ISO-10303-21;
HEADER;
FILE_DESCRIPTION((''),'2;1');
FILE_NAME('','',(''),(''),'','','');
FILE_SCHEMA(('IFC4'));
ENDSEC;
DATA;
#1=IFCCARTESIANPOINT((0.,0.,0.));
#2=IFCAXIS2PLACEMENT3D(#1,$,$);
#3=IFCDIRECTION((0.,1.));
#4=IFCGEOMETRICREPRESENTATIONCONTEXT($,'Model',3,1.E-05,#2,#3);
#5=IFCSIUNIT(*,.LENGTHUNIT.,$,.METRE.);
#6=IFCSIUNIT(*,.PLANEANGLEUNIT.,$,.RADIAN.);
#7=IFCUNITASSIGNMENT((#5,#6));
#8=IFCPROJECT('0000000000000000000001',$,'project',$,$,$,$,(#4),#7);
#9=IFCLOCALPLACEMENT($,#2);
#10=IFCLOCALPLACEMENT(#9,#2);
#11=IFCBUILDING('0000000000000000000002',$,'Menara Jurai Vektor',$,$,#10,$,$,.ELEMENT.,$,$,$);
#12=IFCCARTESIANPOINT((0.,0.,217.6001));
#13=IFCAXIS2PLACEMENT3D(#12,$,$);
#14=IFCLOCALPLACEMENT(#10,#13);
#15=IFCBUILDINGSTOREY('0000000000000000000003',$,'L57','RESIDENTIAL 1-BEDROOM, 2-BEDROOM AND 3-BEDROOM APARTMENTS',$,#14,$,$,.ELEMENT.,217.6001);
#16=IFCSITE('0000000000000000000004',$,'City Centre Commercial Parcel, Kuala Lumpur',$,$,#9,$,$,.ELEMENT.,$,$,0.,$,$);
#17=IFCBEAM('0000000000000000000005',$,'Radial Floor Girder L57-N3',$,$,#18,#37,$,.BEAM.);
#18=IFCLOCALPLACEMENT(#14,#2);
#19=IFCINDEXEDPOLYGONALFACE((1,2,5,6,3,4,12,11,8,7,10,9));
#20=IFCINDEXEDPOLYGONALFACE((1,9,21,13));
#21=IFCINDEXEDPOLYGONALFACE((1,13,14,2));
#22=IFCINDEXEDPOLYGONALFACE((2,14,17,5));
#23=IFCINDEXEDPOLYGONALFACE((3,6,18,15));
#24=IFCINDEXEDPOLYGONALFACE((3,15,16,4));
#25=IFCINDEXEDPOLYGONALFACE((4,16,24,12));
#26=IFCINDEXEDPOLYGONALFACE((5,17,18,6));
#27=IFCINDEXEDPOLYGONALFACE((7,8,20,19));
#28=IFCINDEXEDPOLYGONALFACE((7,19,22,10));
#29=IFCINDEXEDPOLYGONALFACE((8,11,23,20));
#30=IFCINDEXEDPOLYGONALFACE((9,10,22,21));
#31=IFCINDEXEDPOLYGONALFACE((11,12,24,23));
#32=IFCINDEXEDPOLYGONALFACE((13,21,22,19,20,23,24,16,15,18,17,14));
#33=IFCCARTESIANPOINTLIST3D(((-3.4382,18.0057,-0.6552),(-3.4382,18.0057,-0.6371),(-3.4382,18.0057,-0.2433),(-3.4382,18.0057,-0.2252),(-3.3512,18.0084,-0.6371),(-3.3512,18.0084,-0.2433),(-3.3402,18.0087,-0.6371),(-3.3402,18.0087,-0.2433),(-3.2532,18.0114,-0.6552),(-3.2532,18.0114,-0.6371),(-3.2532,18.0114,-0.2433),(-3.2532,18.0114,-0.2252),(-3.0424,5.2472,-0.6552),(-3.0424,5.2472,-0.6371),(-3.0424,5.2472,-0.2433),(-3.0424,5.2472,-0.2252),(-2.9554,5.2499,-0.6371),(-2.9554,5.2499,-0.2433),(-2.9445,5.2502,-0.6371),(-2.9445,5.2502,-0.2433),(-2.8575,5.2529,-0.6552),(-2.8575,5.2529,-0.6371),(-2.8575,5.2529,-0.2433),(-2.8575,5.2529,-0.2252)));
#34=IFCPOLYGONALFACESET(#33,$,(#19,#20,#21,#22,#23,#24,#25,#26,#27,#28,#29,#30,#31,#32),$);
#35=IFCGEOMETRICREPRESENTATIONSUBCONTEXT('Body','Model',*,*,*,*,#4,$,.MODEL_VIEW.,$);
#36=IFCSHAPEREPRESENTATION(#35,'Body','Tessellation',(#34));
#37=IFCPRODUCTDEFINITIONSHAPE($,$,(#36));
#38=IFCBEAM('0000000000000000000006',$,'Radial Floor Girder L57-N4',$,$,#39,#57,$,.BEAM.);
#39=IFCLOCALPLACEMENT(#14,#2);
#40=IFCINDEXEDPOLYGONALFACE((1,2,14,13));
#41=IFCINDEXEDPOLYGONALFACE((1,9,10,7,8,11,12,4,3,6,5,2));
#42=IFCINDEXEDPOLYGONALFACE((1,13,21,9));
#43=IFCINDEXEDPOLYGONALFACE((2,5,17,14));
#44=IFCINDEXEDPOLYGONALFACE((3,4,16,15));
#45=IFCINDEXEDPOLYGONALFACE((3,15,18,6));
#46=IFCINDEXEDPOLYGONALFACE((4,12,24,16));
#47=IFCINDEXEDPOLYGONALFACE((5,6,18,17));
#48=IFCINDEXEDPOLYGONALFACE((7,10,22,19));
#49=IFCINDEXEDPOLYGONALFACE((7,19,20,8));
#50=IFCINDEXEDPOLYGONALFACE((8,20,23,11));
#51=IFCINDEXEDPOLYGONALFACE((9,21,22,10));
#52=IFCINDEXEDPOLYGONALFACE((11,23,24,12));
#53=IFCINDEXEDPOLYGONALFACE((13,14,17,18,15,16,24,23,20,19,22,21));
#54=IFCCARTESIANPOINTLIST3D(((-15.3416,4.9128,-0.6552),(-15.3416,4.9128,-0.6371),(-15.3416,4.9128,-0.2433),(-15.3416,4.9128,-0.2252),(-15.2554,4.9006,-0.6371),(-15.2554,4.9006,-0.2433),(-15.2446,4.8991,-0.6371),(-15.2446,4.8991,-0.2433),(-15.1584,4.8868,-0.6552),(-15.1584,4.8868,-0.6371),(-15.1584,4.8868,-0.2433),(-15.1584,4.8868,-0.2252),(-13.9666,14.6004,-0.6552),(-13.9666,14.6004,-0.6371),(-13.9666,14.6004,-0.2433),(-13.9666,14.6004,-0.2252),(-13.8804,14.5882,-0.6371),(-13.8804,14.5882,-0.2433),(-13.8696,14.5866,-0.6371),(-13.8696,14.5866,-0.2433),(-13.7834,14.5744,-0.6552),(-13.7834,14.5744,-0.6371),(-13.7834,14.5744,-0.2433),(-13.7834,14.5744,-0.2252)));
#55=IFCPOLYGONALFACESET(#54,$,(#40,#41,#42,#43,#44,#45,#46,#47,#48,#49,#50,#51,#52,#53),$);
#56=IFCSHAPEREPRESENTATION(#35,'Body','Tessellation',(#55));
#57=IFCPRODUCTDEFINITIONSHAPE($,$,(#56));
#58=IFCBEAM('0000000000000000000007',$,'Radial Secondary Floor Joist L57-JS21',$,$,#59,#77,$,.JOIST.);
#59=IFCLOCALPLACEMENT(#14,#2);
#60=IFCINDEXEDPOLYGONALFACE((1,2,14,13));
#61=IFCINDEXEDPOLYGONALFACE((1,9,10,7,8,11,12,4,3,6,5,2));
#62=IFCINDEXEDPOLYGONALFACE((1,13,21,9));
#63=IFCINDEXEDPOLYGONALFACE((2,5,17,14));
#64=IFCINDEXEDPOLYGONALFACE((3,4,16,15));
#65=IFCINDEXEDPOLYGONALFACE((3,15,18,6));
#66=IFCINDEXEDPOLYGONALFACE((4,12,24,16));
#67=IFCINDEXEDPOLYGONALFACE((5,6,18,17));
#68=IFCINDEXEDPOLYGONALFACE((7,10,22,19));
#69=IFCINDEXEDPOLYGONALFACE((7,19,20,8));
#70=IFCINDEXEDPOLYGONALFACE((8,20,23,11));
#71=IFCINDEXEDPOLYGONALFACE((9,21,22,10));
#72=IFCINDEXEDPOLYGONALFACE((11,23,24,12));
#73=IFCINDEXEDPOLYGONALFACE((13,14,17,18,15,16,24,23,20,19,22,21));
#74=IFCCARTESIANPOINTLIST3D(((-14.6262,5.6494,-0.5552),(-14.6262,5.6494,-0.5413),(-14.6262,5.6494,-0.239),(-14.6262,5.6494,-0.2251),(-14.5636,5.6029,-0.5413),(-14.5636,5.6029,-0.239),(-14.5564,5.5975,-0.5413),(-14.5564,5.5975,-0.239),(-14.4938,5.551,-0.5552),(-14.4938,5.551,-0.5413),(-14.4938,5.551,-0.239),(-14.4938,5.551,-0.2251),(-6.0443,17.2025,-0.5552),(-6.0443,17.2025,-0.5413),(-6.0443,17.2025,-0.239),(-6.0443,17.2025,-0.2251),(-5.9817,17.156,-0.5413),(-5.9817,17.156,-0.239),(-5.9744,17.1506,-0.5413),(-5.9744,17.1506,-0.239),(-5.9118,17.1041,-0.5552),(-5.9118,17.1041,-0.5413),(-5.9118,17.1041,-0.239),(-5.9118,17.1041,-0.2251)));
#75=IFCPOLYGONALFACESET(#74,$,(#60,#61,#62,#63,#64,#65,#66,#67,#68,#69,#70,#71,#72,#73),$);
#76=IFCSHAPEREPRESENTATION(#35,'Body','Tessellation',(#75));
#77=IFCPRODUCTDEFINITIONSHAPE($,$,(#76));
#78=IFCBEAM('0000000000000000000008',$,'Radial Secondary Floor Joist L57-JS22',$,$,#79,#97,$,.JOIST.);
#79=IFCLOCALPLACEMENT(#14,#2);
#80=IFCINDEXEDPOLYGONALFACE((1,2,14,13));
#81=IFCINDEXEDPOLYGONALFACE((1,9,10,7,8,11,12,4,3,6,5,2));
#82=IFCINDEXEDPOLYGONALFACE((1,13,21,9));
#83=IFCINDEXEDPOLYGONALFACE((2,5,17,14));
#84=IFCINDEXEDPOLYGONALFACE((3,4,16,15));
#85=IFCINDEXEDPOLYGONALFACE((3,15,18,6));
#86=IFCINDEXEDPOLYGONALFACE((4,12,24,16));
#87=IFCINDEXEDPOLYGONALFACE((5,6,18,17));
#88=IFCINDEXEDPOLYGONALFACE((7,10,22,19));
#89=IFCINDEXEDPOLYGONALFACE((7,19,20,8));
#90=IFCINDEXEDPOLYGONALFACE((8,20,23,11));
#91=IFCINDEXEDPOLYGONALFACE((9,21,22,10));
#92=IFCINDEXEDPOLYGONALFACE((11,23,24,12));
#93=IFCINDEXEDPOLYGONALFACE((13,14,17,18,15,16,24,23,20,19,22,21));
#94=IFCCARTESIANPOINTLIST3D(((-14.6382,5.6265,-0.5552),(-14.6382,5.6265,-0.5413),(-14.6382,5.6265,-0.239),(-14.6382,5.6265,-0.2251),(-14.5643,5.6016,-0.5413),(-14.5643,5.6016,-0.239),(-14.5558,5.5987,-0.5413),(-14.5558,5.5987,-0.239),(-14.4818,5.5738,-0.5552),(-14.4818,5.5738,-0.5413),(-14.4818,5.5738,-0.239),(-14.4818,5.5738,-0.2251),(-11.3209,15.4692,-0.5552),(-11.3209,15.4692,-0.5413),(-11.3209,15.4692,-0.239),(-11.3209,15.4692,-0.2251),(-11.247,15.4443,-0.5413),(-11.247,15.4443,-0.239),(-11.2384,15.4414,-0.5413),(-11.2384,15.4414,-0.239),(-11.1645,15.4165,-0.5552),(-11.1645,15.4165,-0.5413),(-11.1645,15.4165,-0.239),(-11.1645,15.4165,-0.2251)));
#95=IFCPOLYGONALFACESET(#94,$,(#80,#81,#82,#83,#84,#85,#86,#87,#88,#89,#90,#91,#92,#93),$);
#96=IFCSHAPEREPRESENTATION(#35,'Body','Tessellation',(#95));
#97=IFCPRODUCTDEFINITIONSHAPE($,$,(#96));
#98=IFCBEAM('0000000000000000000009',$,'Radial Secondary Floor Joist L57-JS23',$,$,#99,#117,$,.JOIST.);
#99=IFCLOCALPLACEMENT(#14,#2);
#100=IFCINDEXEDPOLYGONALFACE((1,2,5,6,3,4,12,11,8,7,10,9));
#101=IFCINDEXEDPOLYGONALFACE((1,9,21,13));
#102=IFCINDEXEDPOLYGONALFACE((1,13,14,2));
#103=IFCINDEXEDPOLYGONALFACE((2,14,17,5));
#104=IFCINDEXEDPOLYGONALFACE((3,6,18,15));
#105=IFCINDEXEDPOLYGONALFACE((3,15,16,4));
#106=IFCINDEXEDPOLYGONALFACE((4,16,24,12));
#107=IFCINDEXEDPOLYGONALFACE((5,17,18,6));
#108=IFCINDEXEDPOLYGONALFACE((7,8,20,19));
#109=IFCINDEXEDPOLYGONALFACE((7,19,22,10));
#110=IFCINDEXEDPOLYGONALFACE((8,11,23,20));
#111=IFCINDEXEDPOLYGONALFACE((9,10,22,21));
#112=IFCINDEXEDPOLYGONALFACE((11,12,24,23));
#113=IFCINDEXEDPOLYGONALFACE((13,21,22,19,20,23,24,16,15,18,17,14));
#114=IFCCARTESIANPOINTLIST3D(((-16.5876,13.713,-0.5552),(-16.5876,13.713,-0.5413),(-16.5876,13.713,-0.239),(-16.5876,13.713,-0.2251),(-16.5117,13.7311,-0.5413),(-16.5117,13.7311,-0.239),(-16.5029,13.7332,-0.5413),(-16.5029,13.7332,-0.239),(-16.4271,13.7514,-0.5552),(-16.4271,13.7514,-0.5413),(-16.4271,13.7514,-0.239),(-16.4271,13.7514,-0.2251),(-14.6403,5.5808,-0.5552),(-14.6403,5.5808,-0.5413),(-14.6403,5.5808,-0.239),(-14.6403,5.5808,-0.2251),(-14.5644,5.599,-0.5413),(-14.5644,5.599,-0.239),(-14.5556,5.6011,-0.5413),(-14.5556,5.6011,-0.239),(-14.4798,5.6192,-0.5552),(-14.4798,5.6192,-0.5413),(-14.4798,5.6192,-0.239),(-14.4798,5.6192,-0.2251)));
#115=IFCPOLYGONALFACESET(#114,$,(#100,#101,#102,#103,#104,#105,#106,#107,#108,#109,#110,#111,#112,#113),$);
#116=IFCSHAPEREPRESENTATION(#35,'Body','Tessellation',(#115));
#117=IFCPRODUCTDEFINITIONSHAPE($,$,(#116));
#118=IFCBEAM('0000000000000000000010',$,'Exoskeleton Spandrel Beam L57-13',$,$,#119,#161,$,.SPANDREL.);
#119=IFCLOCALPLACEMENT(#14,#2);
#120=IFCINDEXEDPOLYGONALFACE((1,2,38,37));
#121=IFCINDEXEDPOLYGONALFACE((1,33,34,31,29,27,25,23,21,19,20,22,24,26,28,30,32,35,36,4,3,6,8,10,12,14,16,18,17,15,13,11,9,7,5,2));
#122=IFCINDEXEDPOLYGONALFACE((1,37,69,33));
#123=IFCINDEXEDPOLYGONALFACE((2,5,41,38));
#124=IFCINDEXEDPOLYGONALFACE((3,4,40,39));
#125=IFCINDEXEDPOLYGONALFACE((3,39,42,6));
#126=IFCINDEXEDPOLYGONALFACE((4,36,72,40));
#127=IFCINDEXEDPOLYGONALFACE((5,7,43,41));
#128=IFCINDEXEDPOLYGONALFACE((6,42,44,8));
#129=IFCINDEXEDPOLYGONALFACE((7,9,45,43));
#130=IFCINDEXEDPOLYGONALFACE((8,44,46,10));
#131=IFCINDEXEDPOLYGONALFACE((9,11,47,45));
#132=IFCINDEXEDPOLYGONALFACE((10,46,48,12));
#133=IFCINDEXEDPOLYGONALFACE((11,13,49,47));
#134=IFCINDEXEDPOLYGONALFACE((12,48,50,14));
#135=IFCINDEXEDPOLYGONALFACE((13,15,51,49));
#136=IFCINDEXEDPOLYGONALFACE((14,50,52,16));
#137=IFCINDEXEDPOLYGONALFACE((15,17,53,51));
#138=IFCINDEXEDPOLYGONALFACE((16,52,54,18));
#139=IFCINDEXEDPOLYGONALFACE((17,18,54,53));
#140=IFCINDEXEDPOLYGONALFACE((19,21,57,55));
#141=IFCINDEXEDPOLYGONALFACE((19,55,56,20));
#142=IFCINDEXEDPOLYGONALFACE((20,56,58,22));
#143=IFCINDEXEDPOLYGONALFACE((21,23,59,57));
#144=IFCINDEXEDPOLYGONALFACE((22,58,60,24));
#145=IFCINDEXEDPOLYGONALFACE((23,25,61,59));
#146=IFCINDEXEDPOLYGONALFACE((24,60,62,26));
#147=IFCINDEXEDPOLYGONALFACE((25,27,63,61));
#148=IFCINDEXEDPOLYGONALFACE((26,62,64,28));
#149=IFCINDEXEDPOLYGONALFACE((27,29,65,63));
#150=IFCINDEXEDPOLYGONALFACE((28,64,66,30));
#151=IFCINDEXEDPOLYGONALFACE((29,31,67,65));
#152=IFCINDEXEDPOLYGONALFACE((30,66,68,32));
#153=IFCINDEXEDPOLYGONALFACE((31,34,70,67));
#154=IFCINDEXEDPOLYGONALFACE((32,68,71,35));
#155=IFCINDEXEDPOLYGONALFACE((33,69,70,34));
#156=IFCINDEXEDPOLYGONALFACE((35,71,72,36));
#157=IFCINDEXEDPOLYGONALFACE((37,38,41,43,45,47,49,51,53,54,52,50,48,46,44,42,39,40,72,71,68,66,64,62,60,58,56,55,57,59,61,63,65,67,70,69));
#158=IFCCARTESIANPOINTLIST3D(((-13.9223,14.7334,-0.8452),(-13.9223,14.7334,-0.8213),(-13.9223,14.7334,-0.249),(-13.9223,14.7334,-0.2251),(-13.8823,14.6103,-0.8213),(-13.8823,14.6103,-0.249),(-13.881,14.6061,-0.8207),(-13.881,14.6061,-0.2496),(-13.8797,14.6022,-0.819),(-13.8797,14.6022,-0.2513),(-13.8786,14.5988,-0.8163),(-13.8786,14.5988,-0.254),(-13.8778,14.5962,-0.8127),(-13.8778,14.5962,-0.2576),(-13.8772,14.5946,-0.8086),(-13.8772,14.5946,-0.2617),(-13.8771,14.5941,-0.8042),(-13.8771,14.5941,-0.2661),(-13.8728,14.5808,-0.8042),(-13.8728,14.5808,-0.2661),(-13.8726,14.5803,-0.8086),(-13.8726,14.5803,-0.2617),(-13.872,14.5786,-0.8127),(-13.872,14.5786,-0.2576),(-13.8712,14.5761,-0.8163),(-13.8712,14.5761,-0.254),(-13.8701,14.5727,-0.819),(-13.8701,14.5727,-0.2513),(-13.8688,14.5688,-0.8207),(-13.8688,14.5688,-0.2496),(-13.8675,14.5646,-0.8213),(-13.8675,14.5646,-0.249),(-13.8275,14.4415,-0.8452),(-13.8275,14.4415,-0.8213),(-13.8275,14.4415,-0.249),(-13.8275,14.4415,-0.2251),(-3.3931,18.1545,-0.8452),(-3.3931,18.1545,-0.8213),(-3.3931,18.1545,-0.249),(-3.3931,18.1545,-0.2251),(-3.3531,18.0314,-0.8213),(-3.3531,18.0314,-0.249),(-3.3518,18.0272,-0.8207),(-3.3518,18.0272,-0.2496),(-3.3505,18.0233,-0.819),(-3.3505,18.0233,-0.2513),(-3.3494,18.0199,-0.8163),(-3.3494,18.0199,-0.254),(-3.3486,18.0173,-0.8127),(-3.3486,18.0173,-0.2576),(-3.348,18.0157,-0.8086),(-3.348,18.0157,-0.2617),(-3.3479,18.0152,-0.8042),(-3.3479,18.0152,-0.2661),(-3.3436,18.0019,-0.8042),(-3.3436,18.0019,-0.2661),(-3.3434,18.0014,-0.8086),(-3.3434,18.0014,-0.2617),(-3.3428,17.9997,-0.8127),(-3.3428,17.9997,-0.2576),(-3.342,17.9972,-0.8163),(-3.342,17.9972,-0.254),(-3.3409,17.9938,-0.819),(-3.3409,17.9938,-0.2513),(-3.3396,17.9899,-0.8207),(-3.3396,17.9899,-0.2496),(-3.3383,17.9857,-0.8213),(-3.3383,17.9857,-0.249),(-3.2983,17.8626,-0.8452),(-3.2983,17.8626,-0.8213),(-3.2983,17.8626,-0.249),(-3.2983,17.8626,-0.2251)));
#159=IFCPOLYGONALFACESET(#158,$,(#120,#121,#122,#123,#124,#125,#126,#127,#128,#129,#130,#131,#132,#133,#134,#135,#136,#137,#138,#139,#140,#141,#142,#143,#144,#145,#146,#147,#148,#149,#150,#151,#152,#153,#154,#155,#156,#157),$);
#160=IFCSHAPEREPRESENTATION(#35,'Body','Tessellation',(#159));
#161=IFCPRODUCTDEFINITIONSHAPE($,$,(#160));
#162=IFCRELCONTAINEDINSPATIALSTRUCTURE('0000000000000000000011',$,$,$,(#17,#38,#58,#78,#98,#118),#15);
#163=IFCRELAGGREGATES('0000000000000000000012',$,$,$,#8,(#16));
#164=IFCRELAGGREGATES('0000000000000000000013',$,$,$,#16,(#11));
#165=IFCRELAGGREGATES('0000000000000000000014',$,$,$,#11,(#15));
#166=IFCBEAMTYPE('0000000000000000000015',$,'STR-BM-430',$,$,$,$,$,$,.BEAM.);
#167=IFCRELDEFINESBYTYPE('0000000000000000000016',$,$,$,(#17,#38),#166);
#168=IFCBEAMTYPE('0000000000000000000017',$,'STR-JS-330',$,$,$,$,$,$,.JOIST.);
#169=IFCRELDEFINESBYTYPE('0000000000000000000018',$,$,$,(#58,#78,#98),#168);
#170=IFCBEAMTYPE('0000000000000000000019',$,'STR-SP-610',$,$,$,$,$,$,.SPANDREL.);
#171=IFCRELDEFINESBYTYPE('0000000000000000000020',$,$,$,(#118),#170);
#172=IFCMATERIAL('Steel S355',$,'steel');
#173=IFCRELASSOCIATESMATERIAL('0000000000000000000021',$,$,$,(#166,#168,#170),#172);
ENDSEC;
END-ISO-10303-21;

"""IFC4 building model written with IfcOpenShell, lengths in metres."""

from ifc_helpers import new_model, si_unit, direction, frame, origin, origin_2d, place, context, subcontext, project, spatial, i_section, extrude, material, material_profile, profile_set, type_object, element, save


model = new_model("IFC4")

# Units and contexts
model_context = context("Model", 3, precision=1e-05, world=origin(), true_north=direction((0.0, 1.0)))
body_context = subcontext(model_context, "Body", "Model", "MODEL_VIEW")
ifc_project = project(units=[si_unit("LENGTHUNIT", "METRE"), si_unit("PLANEANGLEUNIT", "RADIAN")], contexts=[model_context])

# Site, building, storey
site_placement = place(None, origin())
site = spatial("IfcSite", under=ifc_project, at=site_placement, Name="City Centre Commercial Parcel, Kuala Lumpur", CompositionType="ELEMENT", RefElevation=0.0)
building_placement = place(site_placement, origin())
building = spatial("IfcBuilding", under=site, at=building_placement, Name="Menara Jurai Vektor", CompositionType="ELEMENT")
storey_placement = place(building_placement, frame((0.0, 0.0, 217.6001)))
storey = spatial("IfcBuildingStorey", under=building, at=storey_placement, Name="L57", Description="RESIDENTIAL 1-BEDROOM, 2-BEDROOM AND 3-BEDROOM APARTMENTS", CompositionType="ELEMENT", Elevation=217.6001)

# Beams
ifc_material_1 = material(Name="Steel S355", Category="steel")
ifc_material_profile_1 = material_profile(ifc_material_1, i_section(OverallWidth=0.1851, OverallDepth=0.4299, WebThickness=0.011, FlangeThickness=0.0181, at=origin_2d()), Name="PG 430x185x76")
ifc_profile_set_1 = profile_set([ifc_material_profile_1], Name="Steel S355")
beam_type_1 = type_object("IfcBeamType", Name="STR-BM-430", PredefinedType="BEAM", material=ifc_profile_set_1)
beam_1_placement = place(storey_placement, frame((-3.3457, 18.0085, -0.4402), z_axis=(0.031004, -0.999519, 0.0), x_axis=(0.999519, 0.031004, 0.0)))
element("IfcBeam", 1, at=beam_1_placement, inside=storey, type_object=beam_type_1, Name="Radial Floor Girder L57-N3", PredefinedType="BEAM", context=body_context, shape_type="SweptSolid", body=[
    extrude(i_section(OverallWidth=0.1851, OverallDepth=0.4299, WebThickness=0.011, FlangeThickness=0.0181, at=origin_2d()), origin(), (0.0, 0.0, 1.0), 12.7646),
])
beam_2_placement = place(storey_placement, frame((-13.875, 14.5874, -0.4402), z_axis=(-0.140527, -0.990077, 0.0), x_axis=(0.990077, -0.140527, 0.0)))
element("IfcBeam", 2, at=beam_2_placement, inside=storey, type_object=beam_type_1, Name="Radial Floor Girder L57-N4", PredefinedType="BEAM", context=body_context, shape_type="SweptSolid", body=[
    extrude(i_section(OverallWidth=0.1851, OverallDepth=0.4299, WebThickness=0.011, FlangeThickness=0.0181, at=origin_2d()), origin(), (0.0, 0.0, 1.0), 9.7847),
])
ifc_material_profile_2 = material_profile(ifc_material_1, i_section(OverallWidth=0.165, OverallDepth=0.3301, WebThickness=0.009, FlangeThickness=0.0139, at=origin_2d()), Name="PG 330x165x46")
ifc_profile_set_2 = profile_set([ifc_material_profile_2], Name="Steel S355")
beam_type_2 = type_object("IfcBeamType", Name="STR-JS-330", PredefinedType="JOIST", material=ifc_profile_set_2)
beam_3_placement = place(storey_placement, frame((-5.978, 17.1533, -0.3901), z_axis=(-0.596308, -0.802756, 0.0), x_axis=(0.802756, -0.596308, 0.0)))
element("IfcBeam", 3, at=beam_3_placement, inside=storey, type_object=beam_type_2, Name="Radial Secondary Floor Joist L57-JS21", PredefinedType="JOIST", context=body_context, shape_type="SweptSolid", body=[
    extrude(i_section(OverallWidth=0.165, OverallDepth=0.3301, WebThickness=0.009, FlangeThickness=0.0139, at=origin_2d()), origin(), (0.0, 0.0, 1.0), 14.3918),
])
beam_4_placement = place(storey_placement, frame((-11.2427, 15.4429, -0.3901), z_axis=(-0.319385, -0.947625, 0.0), x_axis=(0.947625, -0.319385, 0.0)))
element("IfcBeam", 4, at=beam_4_placement, inside=storey, type_object=beam_type_2, Name="Radial Secondary Floor Joist L57-JS22", PredefinedType="JOIST", context=body_context, shape_type="SweptSolid", body=[
    extrude(i_section(OverallWidth=0.165, OverallDepth=0.3301, WebThickness=0.009, FlangeThickness=0.0139, at=origin_2d()), origin(), (0.0, 0.0, 1.0), 10.3867),
])
beam_5_placement = place(storey_placement, frame((-16.5073, 13.7322, -0.3901), z_axis=(0.232872, -0.972507, 0.0), x_axis=(0.972507, 0.232872, 0.0)))
element("IfcBeam", 5, at=beam_5_placement, inside=storey, type_object=beam_type_2, Name="Radial Secondary Floor Joist L57-JS23", PredefinedType="JOIST", context=body_context, shape_type="SweptSolid", body=[
    extrude(i_section(OverallWidth=0.165, OverallDepth=0.3301, WebThickness=0.009, FlangeThickness=0.0139, at=origin_2d()), origin(), (0.0, 0.0, 1.0), 8.3621),
])
ifc_material_profile_3 = material_profile(ifc_material_1, i_section(OverallWidth=0.3069, OverallDepth=0.6201, WebThickness=0.0139, FlangeThickness=0.0239, FilletRadius=0.0171, at=origin_2d()), Name="UKB 610x305x179")
ifc_profile_set_3 = profile_set([ifc_material_profile_3], Name="Steel S355")
beam_type_3 = type_object("IfcBeamType", Name="STR-SP-610", PredefinedType="SPANDREL", material=ifc_profile_set_3)
for number, where, z_axis, x_axis, name in (
    (6, (-3.3457, 18.0085, -0.5352), (-0.951057, -0.309014, 0.0), (0.309014, -0.951057, 0.0), "Exoskeleton Spandrel Beam L57-13"),
):
    element("IfcBeam", number, at=place(storey_placement, frame(where, z_axis=z_axis, x_axis=x_axis)), inside=storey, type_object=beam_type_3, Name=name, PredefinedType="SPANDREL", context=body_context, shape_type="SweptSolid", body=[
        extrude(i_section(OverallWidth=0.3069, OverallDepth=0.6201, WebThickness=0.0139, FlangeThickness=0.0239, FilletRadius=0.0171, at=origin_2d()), origin(), (0.0, 0.0, 1.0), 11.071),
    ])

save(model, "model.ifc")
